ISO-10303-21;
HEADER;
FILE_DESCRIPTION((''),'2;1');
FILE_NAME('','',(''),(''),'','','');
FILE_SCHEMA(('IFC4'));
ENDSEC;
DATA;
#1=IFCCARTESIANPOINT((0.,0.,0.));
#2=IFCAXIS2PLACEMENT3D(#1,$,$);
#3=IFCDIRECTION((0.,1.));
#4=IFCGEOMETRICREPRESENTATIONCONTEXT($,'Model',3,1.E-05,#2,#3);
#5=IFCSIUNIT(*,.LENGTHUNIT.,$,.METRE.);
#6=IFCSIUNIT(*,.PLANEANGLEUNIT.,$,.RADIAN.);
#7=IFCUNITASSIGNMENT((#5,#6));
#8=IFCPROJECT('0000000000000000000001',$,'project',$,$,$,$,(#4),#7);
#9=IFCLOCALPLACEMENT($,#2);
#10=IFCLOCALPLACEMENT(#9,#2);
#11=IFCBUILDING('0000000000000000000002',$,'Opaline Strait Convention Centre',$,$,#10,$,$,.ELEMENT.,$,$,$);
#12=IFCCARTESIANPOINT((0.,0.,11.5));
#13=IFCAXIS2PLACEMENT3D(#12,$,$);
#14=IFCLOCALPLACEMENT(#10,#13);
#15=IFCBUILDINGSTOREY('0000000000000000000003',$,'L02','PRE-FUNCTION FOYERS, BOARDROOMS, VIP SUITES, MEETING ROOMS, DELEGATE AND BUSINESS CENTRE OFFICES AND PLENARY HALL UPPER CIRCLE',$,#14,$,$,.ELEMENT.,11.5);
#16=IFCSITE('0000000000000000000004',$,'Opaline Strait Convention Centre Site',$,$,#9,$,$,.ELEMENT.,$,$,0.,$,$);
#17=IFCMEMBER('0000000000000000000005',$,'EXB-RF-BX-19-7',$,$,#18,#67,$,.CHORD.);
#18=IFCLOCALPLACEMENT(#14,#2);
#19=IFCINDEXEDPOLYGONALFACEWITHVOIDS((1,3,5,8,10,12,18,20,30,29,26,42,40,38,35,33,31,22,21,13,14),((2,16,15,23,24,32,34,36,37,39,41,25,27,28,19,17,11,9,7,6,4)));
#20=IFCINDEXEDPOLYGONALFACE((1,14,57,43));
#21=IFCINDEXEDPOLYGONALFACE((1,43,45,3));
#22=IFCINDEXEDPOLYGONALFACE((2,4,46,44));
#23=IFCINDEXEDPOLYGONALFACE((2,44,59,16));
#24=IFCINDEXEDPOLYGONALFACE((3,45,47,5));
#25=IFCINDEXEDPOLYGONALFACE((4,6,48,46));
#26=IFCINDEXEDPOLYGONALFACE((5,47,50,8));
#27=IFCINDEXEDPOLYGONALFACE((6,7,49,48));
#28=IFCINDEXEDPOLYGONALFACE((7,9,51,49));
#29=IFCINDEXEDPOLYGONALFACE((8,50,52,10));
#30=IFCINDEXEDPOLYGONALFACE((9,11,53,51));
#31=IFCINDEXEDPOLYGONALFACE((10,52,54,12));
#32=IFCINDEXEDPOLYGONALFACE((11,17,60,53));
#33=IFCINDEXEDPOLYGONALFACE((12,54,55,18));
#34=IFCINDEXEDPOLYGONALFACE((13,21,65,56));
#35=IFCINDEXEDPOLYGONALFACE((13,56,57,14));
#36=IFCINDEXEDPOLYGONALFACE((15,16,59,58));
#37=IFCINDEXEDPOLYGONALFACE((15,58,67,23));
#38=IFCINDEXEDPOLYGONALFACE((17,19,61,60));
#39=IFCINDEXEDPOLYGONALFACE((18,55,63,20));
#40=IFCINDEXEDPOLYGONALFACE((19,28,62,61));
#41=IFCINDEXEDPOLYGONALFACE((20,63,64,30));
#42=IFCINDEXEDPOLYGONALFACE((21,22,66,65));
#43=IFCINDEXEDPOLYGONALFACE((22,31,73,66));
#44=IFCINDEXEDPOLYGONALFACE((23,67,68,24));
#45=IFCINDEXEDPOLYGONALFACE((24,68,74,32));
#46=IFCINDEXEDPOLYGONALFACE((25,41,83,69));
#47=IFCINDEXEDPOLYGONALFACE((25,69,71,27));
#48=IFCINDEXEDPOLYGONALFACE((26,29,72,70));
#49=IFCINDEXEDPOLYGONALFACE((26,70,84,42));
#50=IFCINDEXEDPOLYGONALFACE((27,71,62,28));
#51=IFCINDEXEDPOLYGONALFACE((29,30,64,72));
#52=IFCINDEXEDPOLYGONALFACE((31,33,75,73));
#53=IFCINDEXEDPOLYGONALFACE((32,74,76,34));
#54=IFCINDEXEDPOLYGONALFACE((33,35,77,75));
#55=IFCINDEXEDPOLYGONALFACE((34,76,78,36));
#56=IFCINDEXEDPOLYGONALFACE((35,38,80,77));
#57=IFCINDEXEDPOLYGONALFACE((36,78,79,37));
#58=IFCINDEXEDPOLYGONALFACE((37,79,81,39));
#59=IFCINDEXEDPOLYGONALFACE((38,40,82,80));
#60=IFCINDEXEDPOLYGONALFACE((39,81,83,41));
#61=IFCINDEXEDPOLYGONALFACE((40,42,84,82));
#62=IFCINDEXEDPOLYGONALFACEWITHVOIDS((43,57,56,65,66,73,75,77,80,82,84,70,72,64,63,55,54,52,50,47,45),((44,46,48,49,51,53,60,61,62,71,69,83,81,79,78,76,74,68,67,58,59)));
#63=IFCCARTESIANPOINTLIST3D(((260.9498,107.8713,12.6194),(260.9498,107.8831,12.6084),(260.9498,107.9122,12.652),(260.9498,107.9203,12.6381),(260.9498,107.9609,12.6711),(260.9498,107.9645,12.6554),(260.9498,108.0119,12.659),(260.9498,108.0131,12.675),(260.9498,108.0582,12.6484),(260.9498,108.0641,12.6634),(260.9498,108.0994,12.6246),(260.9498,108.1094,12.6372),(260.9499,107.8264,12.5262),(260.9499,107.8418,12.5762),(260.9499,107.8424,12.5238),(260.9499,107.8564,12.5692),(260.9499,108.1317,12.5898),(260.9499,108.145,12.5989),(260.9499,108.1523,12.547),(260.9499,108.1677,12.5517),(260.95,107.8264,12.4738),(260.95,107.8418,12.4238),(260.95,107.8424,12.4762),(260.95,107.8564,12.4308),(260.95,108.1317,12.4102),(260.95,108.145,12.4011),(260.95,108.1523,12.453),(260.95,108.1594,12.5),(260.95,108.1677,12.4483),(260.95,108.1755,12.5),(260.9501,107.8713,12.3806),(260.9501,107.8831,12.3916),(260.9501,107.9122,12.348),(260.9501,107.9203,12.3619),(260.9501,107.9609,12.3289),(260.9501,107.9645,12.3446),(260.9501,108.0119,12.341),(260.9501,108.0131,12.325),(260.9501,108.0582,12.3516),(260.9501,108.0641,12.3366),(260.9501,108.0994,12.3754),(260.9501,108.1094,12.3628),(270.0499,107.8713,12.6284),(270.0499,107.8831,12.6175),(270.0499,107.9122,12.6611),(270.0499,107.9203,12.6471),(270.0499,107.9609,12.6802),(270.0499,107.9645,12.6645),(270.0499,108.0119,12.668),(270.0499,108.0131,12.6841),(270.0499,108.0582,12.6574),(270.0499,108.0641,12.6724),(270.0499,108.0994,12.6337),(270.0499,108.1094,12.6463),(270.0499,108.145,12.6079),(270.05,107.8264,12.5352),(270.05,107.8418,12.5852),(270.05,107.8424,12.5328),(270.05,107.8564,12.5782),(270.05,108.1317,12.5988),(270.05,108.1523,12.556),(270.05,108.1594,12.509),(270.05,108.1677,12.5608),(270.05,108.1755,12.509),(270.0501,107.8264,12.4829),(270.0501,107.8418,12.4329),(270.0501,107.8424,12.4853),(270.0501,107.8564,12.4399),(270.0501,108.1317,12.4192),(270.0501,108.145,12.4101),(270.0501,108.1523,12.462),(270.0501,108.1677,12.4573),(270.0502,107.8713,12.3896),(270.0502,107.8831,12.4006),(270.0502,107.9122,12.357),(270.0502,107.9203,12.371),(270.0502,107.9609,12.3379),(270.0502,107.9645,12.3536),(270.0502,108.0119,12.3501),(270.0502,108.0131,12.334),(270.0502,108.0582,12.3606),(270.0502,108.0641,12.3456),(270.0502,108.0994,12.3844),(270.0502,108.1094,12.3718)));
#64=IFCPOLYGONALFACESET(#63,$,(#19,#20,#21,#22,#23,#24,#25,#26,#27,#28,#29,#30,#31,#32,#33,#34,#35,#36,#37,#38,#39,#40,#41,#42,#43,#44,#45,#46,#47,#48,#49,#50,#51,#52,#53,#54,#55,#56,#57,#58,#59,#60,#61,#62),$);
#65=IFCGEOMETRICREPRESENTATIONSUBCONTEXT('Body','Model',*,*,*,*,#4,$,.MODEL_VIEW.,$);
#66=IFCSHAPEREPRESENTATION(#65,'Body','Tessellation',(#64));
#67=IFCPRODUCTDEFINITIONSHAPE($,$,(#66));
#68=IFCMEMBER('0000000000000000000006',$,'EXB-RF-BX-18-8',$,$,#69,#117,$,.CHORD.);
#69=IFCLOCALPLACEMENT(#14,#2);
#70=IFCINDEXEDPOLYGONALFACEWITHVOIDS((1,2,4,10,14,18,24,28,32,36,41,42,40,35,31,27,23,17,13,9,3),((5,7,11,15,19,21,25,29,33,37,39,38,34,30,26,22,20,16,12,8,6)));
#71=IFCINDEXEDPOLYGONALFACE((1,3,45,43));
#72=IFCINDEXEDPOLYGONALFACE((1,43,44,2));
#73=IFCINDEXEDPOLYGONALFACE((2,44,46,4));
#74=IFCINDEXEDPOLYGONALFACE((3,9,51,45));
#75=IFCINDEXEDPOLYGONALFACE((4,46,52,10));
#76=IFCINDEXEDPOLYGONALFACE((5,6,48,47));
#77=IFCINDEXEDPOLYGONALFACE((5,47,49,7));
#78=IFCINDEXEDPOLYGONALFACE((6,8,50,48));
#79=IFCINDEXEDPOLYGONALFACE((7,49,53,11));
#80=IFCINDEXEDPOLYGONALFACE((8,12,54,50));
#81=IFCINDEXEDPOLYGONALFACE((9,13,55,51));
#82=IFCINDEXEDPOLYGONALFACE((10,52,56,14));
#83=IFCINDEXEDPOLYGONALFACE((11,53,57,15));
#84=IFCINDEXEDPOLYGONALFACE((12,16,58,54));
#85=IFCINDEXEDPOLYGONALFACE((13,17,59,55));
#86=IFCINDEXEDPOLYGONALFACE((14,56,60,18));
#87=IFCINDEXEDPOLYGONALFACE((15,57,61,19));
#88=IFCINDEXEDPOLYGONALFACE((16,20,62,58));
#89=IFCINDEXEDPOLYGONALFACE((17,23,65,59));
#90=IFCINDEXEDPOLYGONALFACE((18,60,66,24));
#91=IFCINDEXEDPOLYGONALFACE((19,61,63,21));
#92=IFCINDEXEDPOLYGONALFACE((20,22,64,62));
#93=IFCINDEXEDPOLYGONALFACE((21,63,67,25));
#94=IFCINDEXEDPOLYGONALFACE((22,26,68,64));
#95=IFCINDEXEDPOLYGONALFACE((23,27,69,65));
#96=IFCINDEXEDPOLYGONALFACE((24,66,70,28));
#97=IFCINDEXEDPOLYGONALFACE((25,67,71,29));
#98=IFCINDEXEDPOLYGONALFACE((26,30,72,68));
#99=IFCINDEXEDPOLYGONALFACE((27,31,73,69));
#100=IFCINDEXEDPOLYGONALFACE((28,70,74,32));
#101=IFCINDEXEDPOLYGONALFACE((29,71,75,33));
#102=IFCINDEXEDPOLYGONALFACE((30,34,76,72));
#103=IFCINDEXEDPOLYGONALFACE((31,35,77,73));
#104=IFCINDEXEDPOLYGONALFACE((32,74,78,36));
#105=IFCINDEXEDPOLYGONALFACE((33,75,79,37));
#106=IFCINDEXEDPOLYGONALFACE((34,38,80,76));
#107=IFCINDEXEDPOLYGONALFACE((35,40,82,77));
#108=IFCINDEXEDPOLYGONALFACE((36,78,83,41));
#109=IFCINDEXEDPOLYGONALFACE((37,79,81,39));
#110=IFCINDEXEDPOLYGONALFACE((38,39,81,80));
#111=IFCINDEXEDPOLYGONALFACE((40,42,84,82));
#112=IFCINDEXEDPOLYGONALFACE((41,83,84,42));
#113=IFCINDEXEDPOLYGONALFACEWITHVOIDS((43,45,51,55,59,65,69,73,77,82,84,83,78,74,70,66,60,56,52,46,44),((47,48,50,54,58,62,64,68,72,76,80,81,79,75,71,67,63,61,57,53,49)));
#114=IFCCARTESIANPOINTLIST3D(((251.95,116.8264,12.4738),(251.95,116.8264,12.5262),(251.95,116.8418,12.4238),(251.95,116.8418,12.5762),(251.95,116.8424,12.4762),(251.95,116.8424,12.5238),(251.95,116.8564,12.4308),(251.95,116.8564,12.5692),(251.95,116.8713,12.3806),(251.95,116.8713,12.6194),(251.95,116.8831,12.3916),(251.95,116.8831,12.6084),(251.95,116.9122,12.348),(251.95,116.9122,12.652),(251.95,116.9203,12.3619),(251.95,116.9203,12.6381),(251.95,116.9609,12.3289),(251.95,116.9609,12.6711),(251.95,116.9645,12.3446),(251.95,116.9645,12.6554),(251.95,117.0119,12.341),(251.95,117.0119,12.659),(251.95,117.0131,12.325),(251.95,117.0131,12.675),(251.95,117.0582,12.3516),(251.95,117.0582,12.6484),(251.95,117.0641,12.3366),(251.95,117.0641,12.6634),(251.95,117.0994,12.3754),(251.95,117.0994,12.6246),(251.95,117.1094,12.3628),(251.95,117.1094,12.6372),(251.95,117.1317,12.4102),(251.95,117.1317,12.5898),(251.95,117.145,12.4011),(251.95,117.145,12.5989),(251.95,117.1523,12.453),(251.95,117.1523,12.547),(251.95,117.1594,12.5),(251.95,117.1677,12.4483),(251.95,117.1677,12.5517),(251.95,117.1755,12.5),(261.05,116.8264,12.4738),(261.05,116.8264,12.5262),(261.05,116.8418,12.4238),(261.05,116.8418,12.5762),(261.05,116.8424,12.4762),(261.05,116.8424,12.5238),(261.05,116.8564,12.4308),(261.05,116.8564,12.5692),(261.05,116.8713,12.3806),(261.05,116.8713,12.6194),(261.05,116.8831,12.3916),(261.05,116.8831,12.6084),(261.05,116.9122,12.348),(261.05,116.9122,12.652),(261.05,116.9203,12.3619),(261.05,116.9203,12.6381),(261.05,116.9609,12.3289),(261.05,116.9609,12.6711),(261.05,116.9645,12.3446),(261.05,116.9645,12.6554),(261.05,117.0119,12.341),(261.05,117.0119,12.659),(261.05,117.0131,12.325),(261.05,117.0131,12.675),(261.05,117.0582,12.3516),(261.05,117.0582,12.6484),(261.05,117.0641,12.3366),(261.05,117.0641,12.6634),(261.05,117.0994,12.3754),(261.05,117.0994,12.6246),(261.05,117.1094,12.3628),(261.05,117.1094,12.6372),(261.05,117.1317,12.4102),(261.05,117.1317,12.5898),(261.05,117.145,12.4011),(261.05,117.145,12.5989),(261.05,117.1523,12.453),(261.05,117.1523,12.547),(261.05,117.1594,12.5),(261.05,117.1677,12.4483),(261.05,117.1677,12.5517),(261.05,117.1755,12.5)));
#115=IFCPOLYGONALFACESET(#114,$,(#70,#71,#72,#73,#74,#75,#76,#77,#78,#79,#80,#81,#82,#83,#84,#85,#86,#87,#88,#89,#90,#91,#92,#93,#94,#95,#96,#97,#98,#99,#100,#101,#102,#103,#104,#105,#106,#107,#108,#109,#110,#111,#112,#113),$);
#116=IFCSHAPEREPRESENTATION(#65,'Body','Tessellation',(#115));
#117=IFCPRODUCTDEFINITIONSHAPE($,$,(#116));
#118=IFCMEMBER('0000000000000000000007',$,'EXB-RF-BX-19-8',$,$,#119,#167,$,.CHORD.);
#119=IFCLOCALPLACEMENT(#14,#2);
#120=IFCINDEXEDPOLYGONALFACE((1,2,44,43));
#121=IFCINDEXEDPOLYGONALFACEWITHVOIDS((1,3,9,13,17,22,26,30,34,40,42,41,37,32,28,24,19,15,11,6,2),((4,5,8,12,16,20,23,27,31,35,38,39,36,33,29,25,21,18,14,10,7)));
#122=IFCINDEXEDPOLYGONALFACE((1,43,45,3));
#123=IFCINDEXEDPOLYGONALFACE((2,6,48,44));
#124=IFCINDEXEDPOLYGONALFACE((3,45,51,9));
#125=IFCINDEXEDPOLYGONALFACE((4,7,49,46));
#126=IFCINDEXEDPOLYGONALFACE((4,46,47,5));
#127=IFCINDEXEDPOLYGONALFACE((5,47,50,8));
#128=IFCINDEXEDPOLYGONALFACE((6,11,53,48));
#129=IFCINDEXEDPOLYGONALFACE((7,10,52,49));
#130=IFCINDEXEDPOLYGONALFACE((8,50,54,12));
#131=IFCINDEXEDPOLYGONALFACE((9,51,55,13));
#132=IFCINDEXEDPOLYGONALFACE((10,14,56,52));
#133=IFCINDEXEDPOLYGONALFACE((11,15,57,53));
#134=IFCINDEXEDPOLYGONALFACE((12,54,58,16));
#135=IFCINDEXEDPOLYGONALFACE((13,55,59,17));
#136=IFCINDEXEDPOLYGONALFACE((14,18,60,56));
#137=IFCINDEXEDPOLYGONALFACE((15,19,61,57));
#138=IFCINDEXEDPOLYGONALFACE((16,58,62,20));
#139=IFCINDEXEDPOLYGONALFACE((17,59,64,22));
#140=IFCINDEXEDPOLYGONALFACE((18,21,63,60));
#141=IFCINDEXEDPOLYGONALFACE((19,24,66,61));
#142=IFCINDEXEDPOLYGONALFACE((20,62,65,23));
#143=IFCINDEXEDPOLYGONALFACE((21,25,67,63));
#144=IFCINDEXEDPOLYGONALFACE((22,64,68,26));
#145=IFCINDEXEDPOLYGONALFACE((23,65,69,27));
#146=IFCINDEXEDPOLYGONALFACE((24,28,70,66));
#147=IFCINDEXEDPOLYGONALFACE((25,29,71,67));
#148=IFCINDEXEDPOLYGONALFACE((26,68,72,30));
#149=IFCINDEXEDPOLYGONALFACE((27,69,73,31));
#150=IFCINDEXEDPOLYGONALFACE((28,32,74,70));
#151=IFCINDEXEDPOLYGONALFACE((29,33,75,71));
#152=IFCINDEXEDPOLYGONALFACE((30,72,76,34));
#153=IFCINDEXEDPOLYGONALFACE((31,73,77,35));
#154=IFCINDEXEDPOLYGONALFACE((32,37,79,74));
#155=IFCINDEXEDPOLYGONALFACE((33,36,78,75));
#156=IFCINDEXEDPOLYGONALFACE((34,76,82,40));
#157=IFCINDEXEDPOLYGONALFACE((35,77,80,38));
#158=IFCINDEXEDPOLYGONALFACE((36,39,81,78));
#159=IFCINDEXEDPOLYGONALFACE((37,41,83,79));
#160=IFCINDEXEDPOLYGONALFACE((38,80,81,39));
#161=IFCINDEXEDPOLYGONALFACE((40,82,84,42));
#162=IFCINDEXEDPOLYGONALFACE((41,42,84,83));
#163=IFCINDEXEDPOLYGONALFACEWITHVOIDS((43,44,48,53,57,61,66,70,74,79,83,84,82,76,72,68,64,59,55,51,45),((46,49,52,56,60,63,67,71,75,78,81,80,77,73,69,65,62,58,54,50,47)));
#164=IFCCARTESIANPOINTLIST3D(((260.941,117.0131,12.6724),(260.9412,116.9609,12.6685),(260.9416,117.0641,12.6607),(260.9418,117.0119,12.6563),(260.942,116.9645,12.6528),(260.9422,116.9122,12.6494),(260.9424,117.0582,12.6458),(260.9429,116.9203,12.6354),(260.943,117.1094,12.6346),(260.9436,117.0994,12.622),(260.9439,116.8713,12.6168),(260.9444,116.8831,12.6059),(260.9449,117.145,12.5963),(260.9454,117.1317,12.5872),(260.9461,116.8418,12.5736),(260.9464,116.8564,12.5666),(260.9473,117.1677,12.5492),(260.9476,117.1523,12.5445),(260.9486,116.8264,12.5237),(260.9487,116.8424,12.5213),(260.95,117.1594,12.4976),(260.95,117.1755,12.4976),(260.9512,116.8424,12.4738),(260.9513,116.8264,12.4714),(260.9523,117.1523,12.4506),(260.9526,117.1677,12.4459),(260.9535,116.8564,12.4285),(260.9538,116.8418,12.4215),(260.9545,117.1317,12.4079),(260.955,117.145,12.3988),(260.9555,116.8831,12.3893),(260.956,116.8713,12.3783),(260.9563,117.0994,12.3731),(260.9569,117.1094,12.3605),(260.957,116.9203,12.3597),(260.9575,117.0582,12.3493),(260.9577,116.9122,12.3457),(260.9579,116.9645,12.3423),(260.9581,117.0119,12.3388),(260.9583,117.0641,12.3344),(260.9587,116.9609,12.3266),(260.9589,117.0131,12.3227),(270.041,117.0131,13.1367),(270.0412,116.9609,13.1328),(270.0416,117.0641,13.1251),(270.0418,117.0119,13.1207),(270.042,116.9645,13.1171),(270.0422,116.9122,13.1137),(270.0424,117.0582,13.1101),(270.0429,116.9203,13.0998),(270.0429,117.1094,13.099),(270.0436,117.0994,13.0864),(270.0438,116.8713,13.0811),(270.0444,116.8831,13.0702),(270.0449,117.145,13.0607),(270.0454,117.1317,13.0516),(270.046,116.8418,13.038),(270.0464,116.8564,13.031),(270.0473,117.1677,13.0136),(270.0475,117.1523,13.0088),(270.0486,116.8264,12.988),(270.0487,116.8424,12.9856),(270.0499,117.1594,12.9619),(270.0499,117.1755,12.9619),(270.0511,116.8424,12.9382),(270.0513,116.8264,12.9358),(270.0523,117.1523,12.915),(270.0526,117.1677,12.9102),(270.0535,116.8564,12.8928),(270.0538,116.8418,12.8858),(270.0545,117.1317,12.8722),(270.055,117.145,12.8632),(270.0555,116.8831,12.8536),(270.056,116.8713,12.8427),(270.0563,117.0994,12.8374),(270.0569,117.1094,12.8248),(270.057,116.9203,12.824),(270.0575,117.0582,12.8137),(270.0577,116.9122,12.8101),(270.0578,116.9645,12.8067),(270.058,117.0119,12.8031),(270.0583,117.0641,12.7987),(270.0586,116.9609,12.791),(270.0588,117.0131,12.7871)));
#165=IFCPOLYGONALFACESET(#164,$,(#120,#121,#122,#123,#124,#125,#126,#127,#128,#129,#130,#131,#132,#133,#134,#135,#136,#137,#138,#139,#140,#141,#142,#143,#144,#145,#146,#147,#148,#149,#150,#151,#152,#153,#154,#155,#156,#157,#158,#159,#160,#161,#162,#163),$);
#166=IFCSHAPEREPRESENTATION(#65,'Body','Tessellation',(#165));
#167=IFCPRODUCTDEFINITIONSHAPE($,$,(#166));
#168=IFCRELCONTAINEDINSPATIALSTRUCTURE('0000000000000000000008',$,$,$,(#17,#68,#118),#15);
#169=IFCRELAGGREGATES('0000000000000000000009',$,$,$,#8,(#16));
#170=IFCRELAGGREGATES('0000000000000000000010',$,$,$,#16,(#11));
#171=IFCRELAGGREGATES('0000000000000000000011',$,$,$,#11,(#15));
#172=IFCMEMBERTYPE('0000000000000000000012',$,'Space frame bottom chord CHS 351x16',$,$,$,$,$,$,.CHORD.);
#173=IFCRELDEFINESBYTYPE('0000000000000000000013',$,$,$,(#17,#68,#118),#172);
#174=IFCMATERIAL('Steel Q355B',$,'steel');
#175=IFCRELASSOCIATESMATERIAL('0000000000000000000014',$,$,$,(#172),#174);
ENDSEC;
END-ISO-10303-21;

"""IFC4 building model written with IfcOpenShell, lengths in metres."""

from ifc_helpers import new_model, si_unit, direction, frame, origin, origin_2d, place, context, subcontext, project, spatial, hollow_circle, extrude, material, material_profile, profile_set, type_object, element, save


model = new_model("IFC4")

# Units and contexts
model_context = context("Model", 3, precision=1e-05, world=origin(), true_north=direction((0.0, 1.0)))
body_context = subcontext(model_context, "Body", "Model", "MODEL_VIEW")
ifc_project = project(units=[si_unit("LENGTHUNIT", "METRE"), si_unit("PLANEANGLEUNIT", "RADIAN")], contexts=[model_context])

# Site, building, storey
site_placement = place(None, origin())
site = spatial("IfcSite", under=ifc_project, at=site_placement, Name="Opaline Strait Convention Centre Site", CompositionType="ELEMENT", RefElevation=0.0)
building_placement = place(site_placement, origin())
building = spatial("IfcBuilding", under=site, at=building_placement, Name="Opaline Strait Convention Centre", CompositionType="ELEMENT")
storey_placement = place(building_placement, frame((0.0, 0.0, 11.5)))
storey = spatial("IfcBuildingStorey", under=building, at=storey_placement, Name="L02", Description="PRE-FUNCTION FOYERS, BOARDROOMS, VIP SUITES, MEETING ROOMS, DELEGATE AND BUSINESS CENTRE OFFICES AND PLENARY HALL UPPER CIRCLE", CompositionType="ELEMENT", Elevation=11.5)

# Shared definitions
ifc_material_1 = material(Name="Steel Q355B", Category="steel")

# Members
ifc_material_profile_1 = material_profile(ifc_material_1, hollow_circle(Radius=0.1755, WallThickness=0.0161, at=origin_2d()), Name="CHS 351x16")
ifc_profile_set_1 = profile_set([ifc_material_profile_1], Name="Steel Q355B")
member_type_1 = type_object("IfcMemberType", Name="Space frame bottom chord CHS 351x16", PredefinedType="CHORD", material=ifc_profile_set_1)
for number, where, z_axis, x_axis, name in (
    (1, (260.95, 108.0, 12.5), (1.0, 0.0, 0.000993), (0.0, 1.0, 0.0), "EXB-RF-BX-19-7"),
    (2, (251.95, 117.0, 12.5), (1.0, 0.0, 0.0), (0.0, 1.0, 0.0), "EXB-RF-BX-18-8"),
):
    element("IfcMember", number, at=place(storey_placement, frame(where, z_axis=z_axis, x_axis=x_axis)), inside=storey, type_object=member_type_1, Name=name, PredefinedType="CHORD", context=body_context, shape_type="SweptSolid", body=[
        extrude(hollow_circle(Radius=0.1755, WallThickness=0.0161, at=origin_2d()), origin(), (0.0, 0.0, 1.0), 9.1001),
    ])
member_1_placement = place(storey_placement, frame((260.95, 117.0, 12.4976), z_axis=(0.998701, 0.0, 0.050961), x_axis=(0.0, 1.0, 0.0)))
element("IfcMember", 3, at=member_1_placement, inside=storey, type_object=member_type_1, Name="EXB-RF-BX-19-8", PredefinedType="CHORD", context=body_context, shape_type="SweptSolid", body=[
    extrude(hollow_circle(Radius=0.1755, WallThickness=0.0161, at=origin_2d()), origin(), (0.0, 0.0, 1.0), 9.1118),
])

save(model, "model.ifc")
